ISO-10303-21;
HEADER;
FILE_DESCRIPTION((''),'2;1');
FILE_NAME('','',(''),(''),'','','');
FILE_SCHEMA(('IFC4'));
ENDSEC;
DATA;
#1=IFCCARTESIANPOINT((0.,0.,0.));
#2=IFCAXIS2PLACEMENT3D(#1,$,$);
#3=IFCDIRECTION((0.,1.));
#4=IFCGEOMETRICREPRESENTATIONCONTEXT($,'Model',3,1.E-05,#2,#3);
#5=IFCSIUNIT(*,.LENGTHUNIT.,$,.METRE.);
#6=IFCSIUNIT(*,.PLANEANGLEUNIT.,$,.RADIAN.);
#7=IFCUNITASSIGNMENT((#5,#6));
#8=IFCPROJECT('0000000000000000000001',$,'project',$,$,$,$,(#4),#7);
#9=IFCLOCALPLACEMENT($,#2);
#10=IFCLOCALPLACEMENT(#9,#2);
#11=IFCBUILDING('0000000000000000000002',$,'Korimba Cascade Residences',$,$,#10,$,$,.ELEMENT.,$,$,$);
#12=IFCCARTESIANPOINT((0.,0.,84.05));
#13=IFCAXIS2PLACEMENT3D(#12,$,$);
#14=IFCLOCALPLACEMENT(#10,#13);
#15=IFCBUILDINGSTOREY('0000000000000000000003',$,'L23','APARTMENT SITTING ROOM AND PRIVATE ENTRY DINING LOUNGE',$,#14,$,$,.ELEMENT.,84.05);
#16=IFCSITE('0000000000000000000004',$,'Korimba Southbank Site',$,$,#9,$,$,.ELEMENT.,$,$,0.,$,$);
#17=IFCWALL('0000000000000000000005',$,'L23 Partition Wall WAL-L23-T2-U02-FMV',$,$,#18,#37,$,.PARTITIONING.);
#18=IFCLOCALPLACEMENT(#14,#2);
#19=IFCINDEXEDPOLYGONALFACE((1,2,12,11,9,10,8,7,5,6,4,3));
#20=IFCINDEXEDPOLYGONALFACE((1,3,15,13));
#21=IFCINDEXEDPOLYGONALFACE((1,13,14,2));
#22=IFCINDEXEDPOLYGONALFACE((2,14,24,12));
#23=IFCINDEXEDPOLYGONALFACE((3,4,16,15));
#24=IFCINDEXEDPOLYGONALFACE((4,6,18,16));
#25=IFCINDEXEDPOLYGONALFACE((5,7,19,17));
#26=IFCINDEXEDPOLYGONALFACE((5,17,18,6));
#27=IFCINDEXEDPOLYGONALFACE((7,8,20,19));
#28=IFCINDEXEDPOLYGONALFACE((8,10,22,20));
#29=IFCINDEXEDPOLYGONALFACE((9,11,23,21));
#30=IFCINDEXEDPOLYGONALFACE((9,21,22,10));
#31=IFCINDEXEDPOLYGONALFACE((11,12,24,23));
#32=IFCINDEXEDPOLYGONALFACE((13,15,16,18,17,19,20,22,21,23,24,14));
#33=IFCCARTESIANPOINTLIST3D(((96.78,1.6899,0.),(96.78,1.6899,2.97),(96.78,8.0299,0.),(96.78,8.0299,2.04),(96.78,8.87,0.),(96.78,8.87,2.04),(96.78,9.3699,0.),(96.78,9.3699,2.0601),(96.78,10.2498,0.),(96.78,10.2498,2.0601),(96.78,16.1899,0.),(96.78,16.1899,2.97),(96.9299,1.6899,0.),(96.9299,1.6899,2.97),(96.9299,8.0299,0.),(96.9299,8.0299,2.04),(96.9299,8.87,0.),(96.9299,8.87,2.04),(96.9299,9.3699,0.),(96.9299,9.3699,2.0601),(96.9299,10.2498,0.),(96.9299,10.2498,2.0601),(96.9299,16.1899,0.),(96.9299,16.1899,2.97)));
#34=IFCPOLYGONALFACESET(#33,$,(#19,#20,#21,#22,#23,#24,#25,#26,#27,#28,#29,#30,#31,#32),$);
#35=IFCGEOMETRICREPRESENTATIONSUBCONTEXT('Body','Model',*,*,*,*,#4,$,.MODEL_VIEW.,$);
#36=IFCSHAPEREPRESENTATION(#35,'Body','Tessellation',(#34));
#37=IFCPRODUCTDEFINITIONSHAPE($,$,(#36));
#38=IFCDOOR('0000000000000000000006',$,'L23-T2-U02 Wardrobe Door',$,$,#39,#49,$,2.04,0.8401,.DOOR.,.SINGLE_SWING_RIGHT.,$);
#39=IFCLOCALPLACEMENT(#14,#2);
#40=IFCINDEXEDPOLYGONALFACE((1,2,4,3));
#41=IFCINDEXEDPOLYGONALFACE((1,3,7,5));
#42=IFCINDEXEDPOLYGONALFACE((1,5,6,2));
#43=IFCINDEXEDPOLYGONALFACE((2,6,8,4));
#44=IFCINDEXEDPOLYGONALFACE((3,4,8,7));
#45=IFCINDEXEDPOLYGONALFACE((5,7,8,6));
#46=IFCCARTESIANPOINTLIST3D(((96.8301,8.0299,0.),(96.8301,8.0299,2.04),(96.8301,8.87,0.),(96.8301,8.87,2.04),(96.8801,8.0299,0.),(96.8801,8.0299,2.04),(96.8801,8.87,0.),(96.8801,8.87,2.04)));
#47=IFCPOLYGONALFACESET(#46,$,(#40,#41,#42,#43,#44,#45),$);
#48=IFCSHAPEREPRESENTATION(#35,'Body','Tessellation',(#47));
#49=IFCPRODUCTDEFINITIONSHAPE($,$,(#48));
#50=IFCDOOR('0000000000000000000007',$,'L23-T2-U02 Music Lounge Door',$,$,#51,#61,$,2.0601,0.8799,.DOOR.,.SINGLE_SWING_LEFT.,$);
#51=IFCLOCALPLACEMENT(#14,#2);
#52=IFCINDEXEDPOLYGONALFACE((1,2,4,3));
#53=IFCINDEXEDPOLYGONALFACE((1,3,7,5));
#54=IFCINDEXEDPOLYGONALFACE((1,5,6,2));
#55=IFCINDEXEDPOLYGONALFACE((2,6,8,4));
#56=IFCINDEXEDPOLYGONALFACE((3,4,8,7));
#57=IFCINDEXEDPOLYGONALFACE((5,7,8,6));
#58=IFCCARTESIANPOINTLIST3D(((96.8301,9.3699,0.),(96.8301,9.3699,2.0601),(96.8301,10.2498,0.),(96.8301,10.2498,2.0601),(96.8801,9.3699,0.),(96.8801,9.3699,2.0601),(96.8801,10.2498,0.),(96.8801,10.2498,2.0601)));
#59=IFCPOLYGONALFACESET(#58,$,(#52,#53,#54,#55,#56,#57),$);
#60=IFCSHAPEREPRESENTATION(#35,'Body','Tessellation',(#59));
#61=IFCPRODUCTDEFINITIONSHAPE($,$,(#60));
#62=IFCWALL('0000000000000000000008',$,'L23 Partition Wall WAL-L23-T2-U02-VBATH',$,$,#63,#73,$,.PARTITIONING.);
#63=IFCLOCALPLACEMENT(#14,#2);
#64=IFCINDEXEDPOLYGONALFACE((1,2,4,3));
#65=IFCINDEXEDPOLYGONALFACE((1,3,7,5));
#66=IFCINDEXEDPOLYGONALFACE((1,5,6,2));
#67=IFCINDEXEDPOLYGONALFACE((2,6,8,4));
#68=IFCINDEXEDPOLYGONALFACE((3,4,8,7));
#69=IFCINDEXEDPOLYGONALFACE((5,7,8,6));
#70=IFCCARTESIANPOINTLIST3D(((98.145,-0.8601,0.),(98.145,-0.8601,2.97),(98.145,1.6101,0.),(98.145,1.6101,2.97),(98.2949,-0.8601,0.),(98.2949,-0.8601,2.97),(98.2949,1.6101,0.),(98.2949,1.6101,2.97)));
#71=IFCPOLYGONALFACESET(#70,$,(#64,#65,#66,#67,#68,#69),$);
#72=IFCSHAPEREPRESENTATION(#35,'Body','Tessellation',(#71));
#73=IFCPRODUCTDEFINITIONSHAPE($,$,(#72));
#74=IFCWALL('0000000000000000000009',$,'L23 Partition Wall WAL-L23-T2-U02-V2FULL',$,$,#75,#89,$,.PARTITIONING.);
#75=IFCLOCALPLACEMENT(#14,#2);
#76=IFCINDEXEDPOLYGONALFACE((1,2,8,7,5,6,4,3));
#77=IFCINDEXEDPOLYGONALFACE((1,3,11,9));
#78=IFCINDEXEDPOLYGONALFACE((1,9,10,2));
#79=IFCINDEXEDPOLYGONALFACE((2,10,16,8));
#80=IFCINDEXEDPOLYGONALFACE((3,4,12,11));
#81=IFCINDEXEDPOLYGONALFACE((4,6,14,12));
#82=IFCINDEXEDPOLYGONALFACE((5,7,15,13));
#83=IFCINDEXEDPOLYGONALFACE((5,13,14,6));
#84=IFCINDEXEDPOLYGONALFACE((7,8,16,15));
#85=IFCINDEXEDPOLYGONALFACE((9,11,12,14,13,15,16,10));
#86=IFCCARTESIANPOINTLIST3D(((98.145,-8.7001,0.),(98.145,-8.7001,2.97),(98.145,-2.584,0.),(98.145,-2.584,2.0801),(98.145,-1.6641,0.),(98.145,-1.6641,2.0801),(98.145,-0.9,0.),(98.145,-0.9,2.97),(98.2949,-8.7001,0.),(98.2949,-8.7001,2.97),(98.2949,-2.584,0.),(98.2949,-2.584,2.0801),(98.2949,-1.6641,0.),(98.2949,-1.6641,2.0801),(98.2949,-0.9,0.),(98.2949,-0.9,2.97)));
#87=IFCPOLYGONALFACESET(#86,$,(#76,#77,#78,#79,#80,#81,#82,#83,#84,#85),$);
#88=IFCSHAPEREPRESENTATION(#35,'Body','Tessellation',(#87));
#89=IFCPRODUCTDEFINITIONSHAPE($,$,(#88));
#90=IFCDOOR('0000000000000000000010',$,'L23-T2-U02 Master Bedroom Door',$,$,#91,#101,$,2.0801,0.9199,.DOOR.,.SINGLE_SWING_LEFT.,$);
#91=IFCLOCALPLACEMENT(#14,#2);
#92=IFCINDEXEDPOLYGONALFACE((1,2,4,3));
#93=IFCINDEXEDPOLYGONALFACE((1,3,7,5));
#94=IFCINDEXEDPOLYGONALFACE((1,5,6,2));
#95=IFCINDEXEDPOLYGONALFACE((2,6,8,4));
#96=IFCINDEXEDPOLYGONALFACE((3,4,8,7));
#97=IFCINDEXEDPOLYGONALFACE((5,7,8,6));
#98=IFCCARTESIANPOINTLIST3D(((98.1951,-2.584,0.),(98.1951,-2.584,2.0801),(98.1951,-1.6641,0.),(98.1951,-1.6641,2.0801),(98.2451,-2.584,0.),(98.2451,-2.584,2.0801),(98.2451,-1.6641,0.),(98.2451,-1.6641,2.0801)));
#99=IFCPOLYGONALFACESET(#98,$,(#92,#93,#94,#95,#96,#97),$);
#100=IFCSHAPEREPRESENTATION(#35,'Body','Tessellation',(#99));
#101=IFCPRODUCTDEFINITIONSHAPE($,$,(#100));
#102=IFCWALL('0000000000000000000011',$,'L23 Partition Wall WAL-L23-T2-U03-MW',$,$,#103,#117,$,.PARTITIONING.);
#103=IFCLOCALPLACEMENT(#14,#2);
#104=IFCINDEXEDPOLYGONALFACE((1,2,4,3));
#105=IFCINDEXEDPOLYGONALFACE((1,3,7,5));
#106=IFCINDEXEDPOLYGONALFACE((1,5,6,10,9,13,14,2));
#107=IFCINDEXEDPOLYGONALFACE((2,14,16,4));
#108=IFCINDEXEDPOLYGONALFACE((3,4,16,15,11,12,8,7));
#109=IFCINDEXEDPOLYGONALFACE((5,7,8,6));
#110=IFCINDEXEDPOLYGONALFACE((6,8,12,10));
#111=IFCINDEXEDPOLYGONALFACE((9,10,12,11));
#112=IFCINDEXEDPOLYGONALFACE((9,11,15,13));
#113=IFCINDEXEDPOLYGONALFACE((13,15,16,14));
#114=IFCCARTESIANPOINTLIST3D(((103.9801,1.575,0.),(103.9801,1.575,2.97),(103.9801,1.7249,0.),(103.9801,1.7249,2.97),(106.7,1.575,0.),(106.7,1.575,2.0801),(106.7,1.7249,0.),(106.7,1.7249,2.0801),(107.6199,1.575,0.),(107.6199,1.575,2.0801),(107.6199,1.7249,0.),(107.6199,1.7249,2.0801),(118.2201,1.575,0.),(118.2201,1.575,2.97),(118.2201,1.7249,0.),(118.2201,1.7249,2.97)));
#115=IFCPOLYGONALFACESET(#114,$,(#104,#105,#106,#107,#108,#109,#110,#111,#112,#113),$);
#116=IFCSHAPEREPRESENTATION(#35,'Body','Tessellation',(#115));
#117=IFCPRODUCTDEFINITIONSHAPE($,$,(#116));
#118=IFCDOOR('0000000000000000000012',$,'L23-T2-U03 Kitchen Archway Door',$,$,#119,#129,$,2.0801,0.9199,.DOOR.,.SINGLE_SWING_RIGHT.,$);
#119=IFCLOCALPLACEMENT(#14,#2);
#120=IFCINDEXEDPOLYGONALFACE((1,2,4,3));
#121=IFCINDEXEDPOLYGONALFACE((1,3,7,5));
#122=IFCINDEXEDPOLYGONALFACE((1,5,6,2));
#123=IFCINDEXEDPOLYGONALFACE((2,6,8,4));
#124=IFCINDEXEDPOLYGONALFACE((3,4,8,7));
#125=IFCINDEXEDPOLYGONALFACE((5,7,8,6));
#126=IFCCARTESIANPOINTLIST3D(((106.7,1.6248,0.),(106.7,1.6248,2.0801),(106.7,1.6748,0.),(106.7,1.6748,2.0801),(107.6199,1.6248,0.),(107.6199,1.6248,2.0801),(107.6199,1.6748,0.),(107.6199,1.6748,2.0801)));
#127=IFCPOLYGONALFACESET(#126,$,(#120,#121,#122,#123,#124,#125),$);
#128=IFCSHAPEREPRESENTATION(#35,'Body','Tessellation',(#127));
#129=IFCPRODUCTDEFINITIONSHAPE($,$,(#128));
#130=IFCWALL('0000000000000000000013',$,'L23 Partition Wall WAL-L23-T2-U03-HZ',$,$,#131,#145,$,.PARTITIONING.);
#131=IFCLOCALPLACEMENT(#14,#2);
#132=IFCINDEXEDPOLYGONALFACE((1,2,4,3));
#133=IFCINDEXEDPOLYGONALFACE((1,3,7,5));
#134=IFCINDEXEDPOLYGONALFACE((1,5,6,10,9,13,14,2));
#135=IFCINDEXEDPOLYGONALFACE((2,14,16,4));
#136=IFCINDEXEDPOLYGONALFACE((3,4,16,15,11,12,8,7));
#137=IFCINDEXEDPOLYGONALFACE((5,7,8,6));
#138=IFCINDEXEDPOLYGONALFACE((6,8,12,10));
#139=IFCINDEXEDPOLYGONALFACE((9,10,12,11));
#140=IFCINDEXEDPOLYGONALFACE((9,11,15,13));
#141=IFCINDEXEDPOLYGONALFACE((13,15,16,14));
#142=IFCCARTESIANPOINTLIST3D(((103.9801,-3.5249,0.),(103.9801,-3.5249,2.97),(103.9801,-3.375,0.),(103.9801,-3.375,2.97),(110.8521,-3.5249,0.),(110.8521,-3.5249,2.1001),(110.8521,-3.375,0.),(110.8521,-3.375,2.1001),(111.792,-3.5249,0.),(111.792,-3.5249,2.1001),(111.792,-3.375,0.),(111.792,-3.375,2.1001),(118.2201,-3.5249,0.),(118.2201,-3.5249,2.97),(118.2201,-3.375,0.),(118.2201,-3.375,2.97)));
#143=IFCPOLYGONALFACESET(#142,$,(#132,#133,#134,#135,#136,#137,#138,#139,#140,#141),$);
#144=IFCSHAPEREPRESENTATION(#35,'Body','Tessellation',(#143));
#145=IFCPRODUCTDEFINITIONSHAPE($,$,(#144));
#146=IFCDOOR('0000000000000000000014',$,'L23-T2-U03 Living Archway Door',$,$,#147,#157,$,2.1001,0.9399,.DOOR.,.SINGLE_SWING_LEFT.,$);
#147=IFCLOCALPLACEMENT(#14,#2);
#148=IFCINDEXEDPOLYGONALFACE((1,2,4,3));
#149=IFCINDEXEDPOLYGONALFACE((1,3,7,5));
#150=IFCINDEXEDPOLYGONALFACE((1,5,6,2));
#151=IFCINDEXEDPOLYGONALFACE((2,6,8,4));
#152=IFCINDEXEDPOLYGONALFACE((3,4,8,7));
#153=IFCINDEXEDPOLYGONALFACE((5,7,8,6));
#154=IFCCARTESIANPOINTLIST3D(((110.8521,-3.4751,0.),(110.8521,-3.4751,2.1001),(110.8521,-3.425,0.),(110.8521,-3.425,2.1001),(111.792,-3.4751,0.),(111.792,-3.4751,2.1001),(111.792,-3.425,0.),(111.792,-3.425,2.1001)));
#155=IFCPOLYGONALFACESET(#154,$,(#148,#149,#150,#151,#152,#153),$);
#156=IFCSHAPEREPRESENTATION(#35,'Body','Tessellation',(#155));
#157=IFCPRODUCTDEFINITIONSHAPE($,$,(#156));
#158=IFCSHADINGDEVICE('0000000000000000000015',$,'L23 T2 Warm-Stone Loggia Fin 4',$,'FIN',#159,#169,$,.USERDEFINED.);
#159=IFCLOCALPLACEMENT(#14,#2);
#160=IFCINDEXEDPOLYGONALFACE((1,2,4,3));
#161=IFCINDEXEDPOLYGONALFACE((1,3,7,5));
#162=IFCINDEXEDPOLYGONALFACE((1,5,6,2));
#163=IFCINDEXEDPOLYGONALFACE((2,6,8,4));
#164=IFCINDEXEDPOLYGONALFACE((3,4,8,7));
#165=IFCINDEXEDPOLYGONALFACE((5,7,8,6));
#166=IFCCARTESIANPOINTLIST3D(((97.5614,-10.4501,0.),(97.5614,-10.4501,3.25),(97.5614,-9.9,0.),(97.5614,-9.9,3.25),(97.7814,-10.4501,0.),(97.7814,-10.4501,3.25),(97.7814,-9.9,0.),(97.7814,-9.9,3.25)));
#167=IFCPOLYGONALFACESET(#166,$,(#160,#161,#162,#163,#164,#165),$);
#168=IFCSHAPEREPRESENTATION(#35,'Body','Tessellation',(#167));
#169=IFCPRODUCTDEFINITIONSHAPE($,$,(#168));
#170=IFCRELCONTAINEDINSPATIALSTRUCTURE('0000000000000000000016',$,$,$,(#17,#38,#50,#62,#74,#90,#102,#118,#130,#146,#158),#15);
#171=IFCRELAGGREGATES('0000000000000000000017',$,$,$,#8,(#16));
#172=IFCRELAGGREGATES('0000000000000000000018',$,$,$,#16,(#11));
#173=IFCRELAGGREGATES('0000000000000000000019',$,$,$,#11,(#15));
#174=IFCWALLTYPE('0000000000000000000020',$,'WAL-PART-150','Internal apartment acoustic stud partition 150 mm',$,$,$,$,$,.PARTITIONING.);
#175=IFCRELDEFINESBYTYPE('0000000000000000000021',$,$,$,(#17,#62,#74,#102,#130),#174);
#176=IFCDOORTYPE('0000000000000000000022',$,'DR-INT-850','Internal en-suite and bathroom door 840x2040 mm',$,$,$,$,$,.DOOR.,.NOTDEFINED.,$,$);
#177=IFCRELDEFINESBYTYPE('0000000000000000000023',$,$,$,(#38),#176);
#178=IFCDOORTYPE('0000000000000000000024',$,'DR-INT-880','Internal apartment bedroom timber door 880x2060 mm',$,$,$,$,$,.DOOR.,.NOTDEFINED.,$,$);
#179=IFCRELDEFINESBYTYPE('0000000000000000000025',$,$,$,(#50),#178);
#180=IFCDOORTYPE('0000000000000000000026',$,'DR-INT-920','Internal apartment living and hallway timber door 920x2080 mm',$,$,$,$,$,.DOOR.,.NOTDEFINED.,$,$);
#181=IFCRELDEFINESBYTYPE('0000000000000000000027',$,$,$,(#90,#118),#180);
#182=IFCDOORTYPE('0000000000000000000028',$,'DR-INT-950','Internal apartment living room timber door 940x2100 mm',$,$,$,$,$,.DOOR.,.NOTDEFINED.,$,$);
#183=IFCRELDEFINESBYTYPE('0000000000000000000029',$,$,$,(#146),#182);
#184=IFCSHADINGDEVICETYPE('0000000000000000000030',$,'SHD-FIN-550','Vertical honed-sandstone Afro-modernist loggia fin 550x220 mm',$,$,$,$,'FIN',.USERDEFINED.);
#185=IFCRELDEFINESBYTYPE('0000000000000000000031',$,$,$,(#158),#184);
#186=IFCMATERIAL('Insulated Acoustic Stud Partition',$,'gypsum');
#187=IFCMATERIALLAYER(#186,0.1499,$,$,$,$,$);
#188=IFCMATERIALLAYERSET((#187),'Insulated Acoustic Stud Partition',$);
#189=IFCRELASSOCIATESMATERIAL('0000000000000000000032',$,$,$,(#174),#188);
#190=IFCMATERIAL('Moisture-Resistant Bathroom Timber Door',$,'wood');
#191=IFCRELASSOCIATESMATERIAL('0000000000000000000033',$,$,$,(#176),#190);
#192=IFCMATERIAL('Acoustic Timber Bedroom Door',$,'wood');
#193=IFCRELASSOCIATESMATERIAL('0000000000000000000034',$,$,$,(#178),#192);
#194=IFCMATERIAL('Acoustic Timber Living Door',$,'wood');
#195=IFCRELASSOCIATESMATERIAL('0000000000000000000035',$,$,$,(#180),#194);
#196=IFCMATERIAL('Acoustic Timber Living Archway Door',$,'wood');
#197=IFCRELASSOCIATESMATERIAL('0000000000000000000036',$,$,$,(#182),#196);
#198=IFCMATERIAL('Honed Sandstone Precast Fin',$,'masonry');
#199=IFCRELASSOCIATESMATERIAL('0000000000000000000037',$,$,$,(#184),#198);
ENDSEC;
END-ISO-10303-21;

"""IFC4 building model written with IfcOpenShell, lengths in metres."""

from ifc_helpers import new_model, si_unit, direction, frame, frame_2d, origin, origin_2d, place, context, subcontext, project, spatial, rectangle, extrude, material, layer, layer_set, type_object, element, fill, save


model = new_model("IFC4")

# Units and contexts
model_context = context("Model", 3, precision=1e-05, world=origin(), true_north=direction((0.0, 1.0)))
body_context = subcontext(model_context, "Body", "Model", "MODEL_VIEW")
ifc_project = project(units=[si_unit("LENGTHUNIT", "METRE"), si_unit("PLANEANGLEUNIT", "RADIAN")], contexts=[model_context])

# Site, building, storey
site_placement = place(None, origin())
site = spatial("IfcSite", under=ifc_project, at=site_placement, Name="Korimba Southbank Site", CompositionType="ELEMENT", RefElevation=0.0)
building_placement = place(site_placement, origin())
building = spatial("IfcBuilding", under=site, at=building_placement, Name="Korimba Cascade Residences", CompositionType="ELEMENT")
storey_placement = place(building_placement, frame((0.0, 0.0, 84.05)))
storey = spatial("IfcBuildingStorey", under=building, at=storey_placement, Name="L23", Description="APARTMENT SITTING ROOM AND PRIVATE ENTRY DINING LOUNGE", CompositionType="ELEMENT", Elevation=84.05)

# Wall, openings, doors
ifc_material_1 = material(Name="Insulated Acoustic Stud Partition", Category="gypsum")
ifc_layer_1 = layer(ifc_material_1, 0.1499)
ifc_layer_set_1 = layer_set([ifc_layer_1], Name="Insulated Acoustic Stud Partition")
wall_type_1 = type_object("IfcWallType", Name="WAL-PART-150", Description="Internal apartment acoustic stud partition 150 mm", PredefinedType="PARTITIONING", material=ifc_layer_set_1)
wall_1_placement = place(storey_placement, frame((96.855, 1.6899, 0.0), z_axis=(0.0, 0.0, 1.0), x_axis=(0.0, 1.0, 0.0)))
wall_1 = element("IfcWall", 1, at=wall_1_placement, inside=storey, type_object=wall_type_1, Name="L23 Partition Wall WAL-L23-T2-U02-FMV", PredefinedType="PARTITIONING", context=body_context, shape_type="SweptSolid", body=[
    extrude(rectangle(XDim=14.5, YDim=0.1499, at=frame_2d((7.25, 0.0))), origin(), (0.0, 0.0, 1.0), 2.97),
])
opening_1_placement = place(wall_1_placement, frame((6.3401, 0.0, 0.0)))
opening_1 = element("IfcOpeningElement", 2, at=opening_1_placement, cuts=wall_1, PredefinedType="OPENING", context=body_context, shape_type="SweptSolid", body=[
    extrude(rectangle(XDim=0.8401, YDim=2.04, at=frame_2d((0.4199, 1.02))), frame((0.0, 0.085, 0.0), z_axis=(0.0, -1.0, 0.0), x_axis=(1.0, 0.0, 0.0)), (0.0, 0.0, 1.0), 0.1699),
])
opening_2_placement = place(wall_1_placement, frame((7.6799, 0.0, 0.0)))
opening_2 = element("IfcOpeningElement", 3, at=opening_2_placement, cuts=wall_1, PredefinedType="OPENING", context=body_context, shape_type="SweptSolid", body=[
    extrude(rectangle(XDim=0.8799, YDim=2.0601, at=frame_2d((0.4399, 1.03))), frame((0.0, 0.085, 0.0), z_axis=(0.0, -1.0, 0.0), x_axis=(1.0, 0.0, 0.0)), (0.0, 0.0, 1.0), 0.1699),
])
ifc_material_2 = material(Name="Moisture-Resistant Bathroom Timber Door", Category="wood")
door_type_1 = type_object("IfcDoorType", Name="DR-INT-850", Description="Internal en-suite and bathroom door 840x2040 mm", OperationType="NOTDEFINED", PredefinedType="DOOR", material=ifc_material_2)
door_1_placement = place(opening_1_placement, origin())
door_1 = element("IfcDoor", 4, at=door_1_placement, inside=storey, type_object=door_type_1, Name="L23-T2-U02 Wardrobe Door", OperationType="SINGLE_SWING_RIGHT", OverallHeight=2.04, OverallWidth=0.8401, PredefinedType="DOOR", context=body_context, shape_type="SweptSolid", body=[
    extrude(rectangle(XDim=0.8401, YDim=2.04, at=frame_2d((0.4199, 1.02))), frame((0.0, 0.0249, 0.0), z_axis=(0.0, -1.0, 0.0), x_axis=(1.0, 0.0, 0.0)), (0.0, 0.0, 1.0), 0.05),
])
fill(opening_1, door_1)
ifc_material_3 = material(Name="Acoustic Timber Bedroom Door", Category="wood")
door_type_2 = type_object("IfcDoorType", Name="DR-INT-880", Description="Internal apartment bedroom timber door 880x2060 mm", OperationType="NOTDEFINED", PredefinedType="DOOR", material=ifc_material_3)
door_2_placement = place(opening_2_placement, origin())
door_2 = element("IfcDoor", 5, at=door_2_placement, inside=storey, type_object=door_type_2, Name="L23-T2-U02 Music Lounge Door", OperationType="SINGLE_SWING_LEFT", OverallHeight=2.0601, OverallWidth=0.8799, PredefinedType="DOOR", context=body_context, shape_type="SweptSolid", body=[
    extrude(rectangle(XDim=0.8799, YDim=2.0601, at=frame_2d((0.4399, 1.03))), frame((0.0, 0.0249, 0.0), z_axis=(0.0, -1.0, 0.0), x_axis=(1.0, 0.0, 0.0)), (0.0, 0.0, 1.0), 0.05),
])
fill(opening_2, door_2)

# Wall
wall_2_placement = place(storey_placement, frame((98.22, -0.8601, 0.0), z_axis=(0.0, 0.0, 1.0), x_axis=(0.0, 1.0, 0.0)))
element("IfcWall", 6, at=wall_2_placement, inside=storey, type_object=wall_type_1, Name="L23 Partition Wall WAL-L23-T2-U02-VBATH", PredefinedType="PARTITIONING", context=body_context, shape_type="SweptSolid", body=[
    extrude(rectangle(XDim=2.4702, YDim=0.1499, at=frame_2d((1.2351, 0.0))), origin(), (0.0, 0.0, 1.0), 2.97),
])

# Walls, openings, doors
wall_3_placement = place(storey_placement, frame((98.22, -8.7, 0.0), z_axis=(0.0, 0.0, 1.0), x_axis=(0.0, 1.0, 0.0)))
wall_3 = element("IfcWall", 7, at=wall_3_placement, inside=storey, type_object=wall_type_1, Name="L23 Partition Wall WAL-L23-T2-U02-V2FULL", PredefinedType="PARTITIONING", context=body_context, shape_type="SweptSolid", body=[
    extrude(rectangle(XDim=7.8, YDim=0.1499, at=frame_2d((3.8999, 0.0))), origin(), (0.0, 0.0, 1.0), 2.97),
])
opening_3_placement = place(wall_3_placement, frame((6.116, 0.0, 0.0)))
opening_3 = element("IfcOpeningElement", 8, at=opening_3_placement, cuts=wall_3, PredefinedType="OPENING", context=body_context, shape_type="SweptSolid", body=[
    extrude(rectangle(XDim=0.9199, YDim=2.0801, at=frame_2d((0.46, 1.04))), frame((0.0, 0.085, 0.0), z_axis=(0.0, -1.0, 0.0), x_axis=(1.0, 0.0, 0.0)), (0.0, 0.0, 1.0), 0.1699),
])
ifc_material_4 = material(Name="Acoustic Timber Living Door", Category="wood")
door_type_3 = type_object("IfcDoorType", Name="DR-INT-920", Description="Internal apartment living and hallway timber door 920x2080 mm", OperationType="NOTDEFINED", PredefinedType="DOOR", material=ifc_material_4)
door_3_placement = place(opening_3_placement, origin())
door_3 = element("IfcDoor", 9, at=door_3_placement, inside=storey, type_object=door_type_3, Name="L23-T2-U02 Master Bedroom Door", OperationType="SINGLE_SWING_LEFT", OverallHeight=2.0801, OverallWidth=0.9199, PredefinedType="DOOR", context=body_context, shape_type="SweptSolid", body=[
    extrude(rectangle(XDim=0.9199, YDim=2.0801, at=frame_2d((0.46, 1.04))), frame((0.0, 0.0249, 0.0), z_axis=(0.0, -1.0, 0.0), x_axis=(1.0, 0.0, 0.0)), (0.0, 0.0, 1.0), 0.05),
])
fill(opening_3, door_3)
wall_4_placement = place(storey_placement, frame((103.98, 1.6499, 0.0), z_axis=(0.0, 0.0, 1.0), x_axis=(1.0, 0.0, 0.0)))
wall_4 = element("IfcWall", 10, at=wall_4_placement, inside=storey, type_object=wall_type_1, Name="L23 Partition Wall WAL-L23-T2-U03-MW", PredefinedType="PARTITIONING", context=body_context, shape_type="SweptSolid", body=[
    extrude(rectangle(XDim=14.24, YDim=0.1499, at=frame_2d((7.1201, 0.0))), origin(), (0.0, 0.0, 1.0), 2.97),
])
opening_4_placement = place(wall_4_placement, frame((2.72, 0.0, 0.0)))
opening_4 = element("IfcOpeningElement", 11, at=opening_4_placement, cuts=wall_4, PredefinedType="OPENING", context=body_context, shape_type="SweptSolid", body=[
    extrude(rectangle(XDim=0.9199, YDim=2.0801, at=frame_2d((0.46, 1.04))), frame((0.0, 0.085, 0.0), z_axis=(0.0, -1.0, 0.0), x_axis=(1.0, 0.0, 0.0)), (0.0, 0.0, 1.0), 0.1699),
])
door_4_placement = place(opening_4_placement, origin())
door_4 = element("IfcDoor", 12, at=door_4_placement, inside=storey, type_object=door_type_3, Name="L23-T2-U03 Kitchen Archway Door", OperationType="SINGLE_SWING_RIGHT", OverallHeight=2.0801, OverallWidth=0.9199, PredefinedType="DOOR", context=body_context, shape_type="SweptSolid", body=[
    extrude(rectangle(XDim=0.9199, YDim=2.0801, at=frame_2d((0.46, 1.04))), frame((0.0, 0.0249, 0.0), z_axis=(0.0, -1.0, 0.0), x_axis=(1.0, 0.0, 0.0)), (0.0, 0.0, 1.0), 0.05),
])
fill(opening_4, door_4)
wall_5_placement = place(storey_placement, frame((103.98, -3.45, 0.0), z_axis=(0.0, 0.0, 1.0), x_axis=(1.0, 0.0, 0.0)))
wall_5 = element("IfcWall", 13, at=wall_5_placement, inside=storey, type_object=wall_type_1, Name="L23 Partition Wall WAL-L23-T2-U03-HZ", PredefinedType="PARTITIONING", context=body_context, shape_type="SweptSolid", body=[
    extrude(rectangle(XDim=14.24, YDim=0.1499, at=frame_2d((7.1201, 0.0))), origin(), (0.0, 0.0, 1.0), 2.97),
])
opening_5_placement = place(wall_5_placement, frame((6.8721, 0.0, 0.0)))
opening_5 = element("IfcOpeningElement", 14, at=opening_5_placement, cuts=wall_5, PredefinedType="OPENING", context=body_context, shape_type="SweptSolid", body=[
    extrude(rectangle(XDim=0.9399, YDim=2.1001, at=frame_2d((0.47, 1.05))), frame((0.0, 0.085, 0.0), z_axis=(0.0, -1.0, 0.0), x_axis=(1.0, 0.0, 0.0)), (0.0, 0.0, 1.0), 0.1699),
])
ifc_material_5 = material(Name="Acoustic Timber Living Archway Door", Category="wood")
door_type_4 = type_object("IfcDoorType", Name="DR-INT-950", Description="Internal apartment living room timber door 940x2100 mm", OperationType="NOTDEFINED", PredefinedType="DOOR", material=ifc_material_5)
door_5_placement = place(opening_5_placement, origin())
door_5 = element("IfcDoor", 15, at=door_5_placement, inside=storey, type_object=door_type_4, Name="L23-T2-U03 Living Archway Door", OperationType="SINGLE_SWING_LEFT", OverallHeight=2.1001, OverallWidth=0.9399, PredefinedType="DOOR", context=body_context, shape_type="SweptSolid", body=[
    extrude(rectangle(XDim=0.9399, YDim=2.1001, at=frame_2d((0.47, 1.05))), frame((0.0, 0.0249, 0.0), z_axis=(0.0, -1.0, 0.0), x_axis=(1.0, 0.0, 0.0)), (0.0, 0.0, 1.0), 0.05),
])
fill(opening_5, door_5)

# Shading device
ifc_material_6 = material(Name="Honed Sandstone Precast Fin", Category="masonry")
shading_device_type = type_object("IfcShadingDeviceType", Name="SHD-FIN-550", Description="Vertical honed-sandstone Afro-modernist loggia fin 550x220 mm", ElementType="FIN", PredefinedType="USERDEFINED", material=ifc_material_6)
shading_device_placement = place(storey_placement, frame((97.6714, -10.175, 0.0), z_axis=(0.0, 0.0, 1.0), x_axis=(1.0, 0.0, 0.0)))
element("IfcShadingDevice", 16, at=shading_device_placement, inside=storey, type_object=shading_device_type, Name="L23 T2 Warm-Stone Loggia Fin 4", ObjectType="FIN", PredefinedType="USERDEFINED", context=body_context, shape_type="SweptSolid", body=[
    extrude(rectangle(XDim=0.22, YDim=0.55, at=origin_2d()), origin(), (0.0, 0.0, 1.0), 3.25),
])

save(model, "model.ifc")
